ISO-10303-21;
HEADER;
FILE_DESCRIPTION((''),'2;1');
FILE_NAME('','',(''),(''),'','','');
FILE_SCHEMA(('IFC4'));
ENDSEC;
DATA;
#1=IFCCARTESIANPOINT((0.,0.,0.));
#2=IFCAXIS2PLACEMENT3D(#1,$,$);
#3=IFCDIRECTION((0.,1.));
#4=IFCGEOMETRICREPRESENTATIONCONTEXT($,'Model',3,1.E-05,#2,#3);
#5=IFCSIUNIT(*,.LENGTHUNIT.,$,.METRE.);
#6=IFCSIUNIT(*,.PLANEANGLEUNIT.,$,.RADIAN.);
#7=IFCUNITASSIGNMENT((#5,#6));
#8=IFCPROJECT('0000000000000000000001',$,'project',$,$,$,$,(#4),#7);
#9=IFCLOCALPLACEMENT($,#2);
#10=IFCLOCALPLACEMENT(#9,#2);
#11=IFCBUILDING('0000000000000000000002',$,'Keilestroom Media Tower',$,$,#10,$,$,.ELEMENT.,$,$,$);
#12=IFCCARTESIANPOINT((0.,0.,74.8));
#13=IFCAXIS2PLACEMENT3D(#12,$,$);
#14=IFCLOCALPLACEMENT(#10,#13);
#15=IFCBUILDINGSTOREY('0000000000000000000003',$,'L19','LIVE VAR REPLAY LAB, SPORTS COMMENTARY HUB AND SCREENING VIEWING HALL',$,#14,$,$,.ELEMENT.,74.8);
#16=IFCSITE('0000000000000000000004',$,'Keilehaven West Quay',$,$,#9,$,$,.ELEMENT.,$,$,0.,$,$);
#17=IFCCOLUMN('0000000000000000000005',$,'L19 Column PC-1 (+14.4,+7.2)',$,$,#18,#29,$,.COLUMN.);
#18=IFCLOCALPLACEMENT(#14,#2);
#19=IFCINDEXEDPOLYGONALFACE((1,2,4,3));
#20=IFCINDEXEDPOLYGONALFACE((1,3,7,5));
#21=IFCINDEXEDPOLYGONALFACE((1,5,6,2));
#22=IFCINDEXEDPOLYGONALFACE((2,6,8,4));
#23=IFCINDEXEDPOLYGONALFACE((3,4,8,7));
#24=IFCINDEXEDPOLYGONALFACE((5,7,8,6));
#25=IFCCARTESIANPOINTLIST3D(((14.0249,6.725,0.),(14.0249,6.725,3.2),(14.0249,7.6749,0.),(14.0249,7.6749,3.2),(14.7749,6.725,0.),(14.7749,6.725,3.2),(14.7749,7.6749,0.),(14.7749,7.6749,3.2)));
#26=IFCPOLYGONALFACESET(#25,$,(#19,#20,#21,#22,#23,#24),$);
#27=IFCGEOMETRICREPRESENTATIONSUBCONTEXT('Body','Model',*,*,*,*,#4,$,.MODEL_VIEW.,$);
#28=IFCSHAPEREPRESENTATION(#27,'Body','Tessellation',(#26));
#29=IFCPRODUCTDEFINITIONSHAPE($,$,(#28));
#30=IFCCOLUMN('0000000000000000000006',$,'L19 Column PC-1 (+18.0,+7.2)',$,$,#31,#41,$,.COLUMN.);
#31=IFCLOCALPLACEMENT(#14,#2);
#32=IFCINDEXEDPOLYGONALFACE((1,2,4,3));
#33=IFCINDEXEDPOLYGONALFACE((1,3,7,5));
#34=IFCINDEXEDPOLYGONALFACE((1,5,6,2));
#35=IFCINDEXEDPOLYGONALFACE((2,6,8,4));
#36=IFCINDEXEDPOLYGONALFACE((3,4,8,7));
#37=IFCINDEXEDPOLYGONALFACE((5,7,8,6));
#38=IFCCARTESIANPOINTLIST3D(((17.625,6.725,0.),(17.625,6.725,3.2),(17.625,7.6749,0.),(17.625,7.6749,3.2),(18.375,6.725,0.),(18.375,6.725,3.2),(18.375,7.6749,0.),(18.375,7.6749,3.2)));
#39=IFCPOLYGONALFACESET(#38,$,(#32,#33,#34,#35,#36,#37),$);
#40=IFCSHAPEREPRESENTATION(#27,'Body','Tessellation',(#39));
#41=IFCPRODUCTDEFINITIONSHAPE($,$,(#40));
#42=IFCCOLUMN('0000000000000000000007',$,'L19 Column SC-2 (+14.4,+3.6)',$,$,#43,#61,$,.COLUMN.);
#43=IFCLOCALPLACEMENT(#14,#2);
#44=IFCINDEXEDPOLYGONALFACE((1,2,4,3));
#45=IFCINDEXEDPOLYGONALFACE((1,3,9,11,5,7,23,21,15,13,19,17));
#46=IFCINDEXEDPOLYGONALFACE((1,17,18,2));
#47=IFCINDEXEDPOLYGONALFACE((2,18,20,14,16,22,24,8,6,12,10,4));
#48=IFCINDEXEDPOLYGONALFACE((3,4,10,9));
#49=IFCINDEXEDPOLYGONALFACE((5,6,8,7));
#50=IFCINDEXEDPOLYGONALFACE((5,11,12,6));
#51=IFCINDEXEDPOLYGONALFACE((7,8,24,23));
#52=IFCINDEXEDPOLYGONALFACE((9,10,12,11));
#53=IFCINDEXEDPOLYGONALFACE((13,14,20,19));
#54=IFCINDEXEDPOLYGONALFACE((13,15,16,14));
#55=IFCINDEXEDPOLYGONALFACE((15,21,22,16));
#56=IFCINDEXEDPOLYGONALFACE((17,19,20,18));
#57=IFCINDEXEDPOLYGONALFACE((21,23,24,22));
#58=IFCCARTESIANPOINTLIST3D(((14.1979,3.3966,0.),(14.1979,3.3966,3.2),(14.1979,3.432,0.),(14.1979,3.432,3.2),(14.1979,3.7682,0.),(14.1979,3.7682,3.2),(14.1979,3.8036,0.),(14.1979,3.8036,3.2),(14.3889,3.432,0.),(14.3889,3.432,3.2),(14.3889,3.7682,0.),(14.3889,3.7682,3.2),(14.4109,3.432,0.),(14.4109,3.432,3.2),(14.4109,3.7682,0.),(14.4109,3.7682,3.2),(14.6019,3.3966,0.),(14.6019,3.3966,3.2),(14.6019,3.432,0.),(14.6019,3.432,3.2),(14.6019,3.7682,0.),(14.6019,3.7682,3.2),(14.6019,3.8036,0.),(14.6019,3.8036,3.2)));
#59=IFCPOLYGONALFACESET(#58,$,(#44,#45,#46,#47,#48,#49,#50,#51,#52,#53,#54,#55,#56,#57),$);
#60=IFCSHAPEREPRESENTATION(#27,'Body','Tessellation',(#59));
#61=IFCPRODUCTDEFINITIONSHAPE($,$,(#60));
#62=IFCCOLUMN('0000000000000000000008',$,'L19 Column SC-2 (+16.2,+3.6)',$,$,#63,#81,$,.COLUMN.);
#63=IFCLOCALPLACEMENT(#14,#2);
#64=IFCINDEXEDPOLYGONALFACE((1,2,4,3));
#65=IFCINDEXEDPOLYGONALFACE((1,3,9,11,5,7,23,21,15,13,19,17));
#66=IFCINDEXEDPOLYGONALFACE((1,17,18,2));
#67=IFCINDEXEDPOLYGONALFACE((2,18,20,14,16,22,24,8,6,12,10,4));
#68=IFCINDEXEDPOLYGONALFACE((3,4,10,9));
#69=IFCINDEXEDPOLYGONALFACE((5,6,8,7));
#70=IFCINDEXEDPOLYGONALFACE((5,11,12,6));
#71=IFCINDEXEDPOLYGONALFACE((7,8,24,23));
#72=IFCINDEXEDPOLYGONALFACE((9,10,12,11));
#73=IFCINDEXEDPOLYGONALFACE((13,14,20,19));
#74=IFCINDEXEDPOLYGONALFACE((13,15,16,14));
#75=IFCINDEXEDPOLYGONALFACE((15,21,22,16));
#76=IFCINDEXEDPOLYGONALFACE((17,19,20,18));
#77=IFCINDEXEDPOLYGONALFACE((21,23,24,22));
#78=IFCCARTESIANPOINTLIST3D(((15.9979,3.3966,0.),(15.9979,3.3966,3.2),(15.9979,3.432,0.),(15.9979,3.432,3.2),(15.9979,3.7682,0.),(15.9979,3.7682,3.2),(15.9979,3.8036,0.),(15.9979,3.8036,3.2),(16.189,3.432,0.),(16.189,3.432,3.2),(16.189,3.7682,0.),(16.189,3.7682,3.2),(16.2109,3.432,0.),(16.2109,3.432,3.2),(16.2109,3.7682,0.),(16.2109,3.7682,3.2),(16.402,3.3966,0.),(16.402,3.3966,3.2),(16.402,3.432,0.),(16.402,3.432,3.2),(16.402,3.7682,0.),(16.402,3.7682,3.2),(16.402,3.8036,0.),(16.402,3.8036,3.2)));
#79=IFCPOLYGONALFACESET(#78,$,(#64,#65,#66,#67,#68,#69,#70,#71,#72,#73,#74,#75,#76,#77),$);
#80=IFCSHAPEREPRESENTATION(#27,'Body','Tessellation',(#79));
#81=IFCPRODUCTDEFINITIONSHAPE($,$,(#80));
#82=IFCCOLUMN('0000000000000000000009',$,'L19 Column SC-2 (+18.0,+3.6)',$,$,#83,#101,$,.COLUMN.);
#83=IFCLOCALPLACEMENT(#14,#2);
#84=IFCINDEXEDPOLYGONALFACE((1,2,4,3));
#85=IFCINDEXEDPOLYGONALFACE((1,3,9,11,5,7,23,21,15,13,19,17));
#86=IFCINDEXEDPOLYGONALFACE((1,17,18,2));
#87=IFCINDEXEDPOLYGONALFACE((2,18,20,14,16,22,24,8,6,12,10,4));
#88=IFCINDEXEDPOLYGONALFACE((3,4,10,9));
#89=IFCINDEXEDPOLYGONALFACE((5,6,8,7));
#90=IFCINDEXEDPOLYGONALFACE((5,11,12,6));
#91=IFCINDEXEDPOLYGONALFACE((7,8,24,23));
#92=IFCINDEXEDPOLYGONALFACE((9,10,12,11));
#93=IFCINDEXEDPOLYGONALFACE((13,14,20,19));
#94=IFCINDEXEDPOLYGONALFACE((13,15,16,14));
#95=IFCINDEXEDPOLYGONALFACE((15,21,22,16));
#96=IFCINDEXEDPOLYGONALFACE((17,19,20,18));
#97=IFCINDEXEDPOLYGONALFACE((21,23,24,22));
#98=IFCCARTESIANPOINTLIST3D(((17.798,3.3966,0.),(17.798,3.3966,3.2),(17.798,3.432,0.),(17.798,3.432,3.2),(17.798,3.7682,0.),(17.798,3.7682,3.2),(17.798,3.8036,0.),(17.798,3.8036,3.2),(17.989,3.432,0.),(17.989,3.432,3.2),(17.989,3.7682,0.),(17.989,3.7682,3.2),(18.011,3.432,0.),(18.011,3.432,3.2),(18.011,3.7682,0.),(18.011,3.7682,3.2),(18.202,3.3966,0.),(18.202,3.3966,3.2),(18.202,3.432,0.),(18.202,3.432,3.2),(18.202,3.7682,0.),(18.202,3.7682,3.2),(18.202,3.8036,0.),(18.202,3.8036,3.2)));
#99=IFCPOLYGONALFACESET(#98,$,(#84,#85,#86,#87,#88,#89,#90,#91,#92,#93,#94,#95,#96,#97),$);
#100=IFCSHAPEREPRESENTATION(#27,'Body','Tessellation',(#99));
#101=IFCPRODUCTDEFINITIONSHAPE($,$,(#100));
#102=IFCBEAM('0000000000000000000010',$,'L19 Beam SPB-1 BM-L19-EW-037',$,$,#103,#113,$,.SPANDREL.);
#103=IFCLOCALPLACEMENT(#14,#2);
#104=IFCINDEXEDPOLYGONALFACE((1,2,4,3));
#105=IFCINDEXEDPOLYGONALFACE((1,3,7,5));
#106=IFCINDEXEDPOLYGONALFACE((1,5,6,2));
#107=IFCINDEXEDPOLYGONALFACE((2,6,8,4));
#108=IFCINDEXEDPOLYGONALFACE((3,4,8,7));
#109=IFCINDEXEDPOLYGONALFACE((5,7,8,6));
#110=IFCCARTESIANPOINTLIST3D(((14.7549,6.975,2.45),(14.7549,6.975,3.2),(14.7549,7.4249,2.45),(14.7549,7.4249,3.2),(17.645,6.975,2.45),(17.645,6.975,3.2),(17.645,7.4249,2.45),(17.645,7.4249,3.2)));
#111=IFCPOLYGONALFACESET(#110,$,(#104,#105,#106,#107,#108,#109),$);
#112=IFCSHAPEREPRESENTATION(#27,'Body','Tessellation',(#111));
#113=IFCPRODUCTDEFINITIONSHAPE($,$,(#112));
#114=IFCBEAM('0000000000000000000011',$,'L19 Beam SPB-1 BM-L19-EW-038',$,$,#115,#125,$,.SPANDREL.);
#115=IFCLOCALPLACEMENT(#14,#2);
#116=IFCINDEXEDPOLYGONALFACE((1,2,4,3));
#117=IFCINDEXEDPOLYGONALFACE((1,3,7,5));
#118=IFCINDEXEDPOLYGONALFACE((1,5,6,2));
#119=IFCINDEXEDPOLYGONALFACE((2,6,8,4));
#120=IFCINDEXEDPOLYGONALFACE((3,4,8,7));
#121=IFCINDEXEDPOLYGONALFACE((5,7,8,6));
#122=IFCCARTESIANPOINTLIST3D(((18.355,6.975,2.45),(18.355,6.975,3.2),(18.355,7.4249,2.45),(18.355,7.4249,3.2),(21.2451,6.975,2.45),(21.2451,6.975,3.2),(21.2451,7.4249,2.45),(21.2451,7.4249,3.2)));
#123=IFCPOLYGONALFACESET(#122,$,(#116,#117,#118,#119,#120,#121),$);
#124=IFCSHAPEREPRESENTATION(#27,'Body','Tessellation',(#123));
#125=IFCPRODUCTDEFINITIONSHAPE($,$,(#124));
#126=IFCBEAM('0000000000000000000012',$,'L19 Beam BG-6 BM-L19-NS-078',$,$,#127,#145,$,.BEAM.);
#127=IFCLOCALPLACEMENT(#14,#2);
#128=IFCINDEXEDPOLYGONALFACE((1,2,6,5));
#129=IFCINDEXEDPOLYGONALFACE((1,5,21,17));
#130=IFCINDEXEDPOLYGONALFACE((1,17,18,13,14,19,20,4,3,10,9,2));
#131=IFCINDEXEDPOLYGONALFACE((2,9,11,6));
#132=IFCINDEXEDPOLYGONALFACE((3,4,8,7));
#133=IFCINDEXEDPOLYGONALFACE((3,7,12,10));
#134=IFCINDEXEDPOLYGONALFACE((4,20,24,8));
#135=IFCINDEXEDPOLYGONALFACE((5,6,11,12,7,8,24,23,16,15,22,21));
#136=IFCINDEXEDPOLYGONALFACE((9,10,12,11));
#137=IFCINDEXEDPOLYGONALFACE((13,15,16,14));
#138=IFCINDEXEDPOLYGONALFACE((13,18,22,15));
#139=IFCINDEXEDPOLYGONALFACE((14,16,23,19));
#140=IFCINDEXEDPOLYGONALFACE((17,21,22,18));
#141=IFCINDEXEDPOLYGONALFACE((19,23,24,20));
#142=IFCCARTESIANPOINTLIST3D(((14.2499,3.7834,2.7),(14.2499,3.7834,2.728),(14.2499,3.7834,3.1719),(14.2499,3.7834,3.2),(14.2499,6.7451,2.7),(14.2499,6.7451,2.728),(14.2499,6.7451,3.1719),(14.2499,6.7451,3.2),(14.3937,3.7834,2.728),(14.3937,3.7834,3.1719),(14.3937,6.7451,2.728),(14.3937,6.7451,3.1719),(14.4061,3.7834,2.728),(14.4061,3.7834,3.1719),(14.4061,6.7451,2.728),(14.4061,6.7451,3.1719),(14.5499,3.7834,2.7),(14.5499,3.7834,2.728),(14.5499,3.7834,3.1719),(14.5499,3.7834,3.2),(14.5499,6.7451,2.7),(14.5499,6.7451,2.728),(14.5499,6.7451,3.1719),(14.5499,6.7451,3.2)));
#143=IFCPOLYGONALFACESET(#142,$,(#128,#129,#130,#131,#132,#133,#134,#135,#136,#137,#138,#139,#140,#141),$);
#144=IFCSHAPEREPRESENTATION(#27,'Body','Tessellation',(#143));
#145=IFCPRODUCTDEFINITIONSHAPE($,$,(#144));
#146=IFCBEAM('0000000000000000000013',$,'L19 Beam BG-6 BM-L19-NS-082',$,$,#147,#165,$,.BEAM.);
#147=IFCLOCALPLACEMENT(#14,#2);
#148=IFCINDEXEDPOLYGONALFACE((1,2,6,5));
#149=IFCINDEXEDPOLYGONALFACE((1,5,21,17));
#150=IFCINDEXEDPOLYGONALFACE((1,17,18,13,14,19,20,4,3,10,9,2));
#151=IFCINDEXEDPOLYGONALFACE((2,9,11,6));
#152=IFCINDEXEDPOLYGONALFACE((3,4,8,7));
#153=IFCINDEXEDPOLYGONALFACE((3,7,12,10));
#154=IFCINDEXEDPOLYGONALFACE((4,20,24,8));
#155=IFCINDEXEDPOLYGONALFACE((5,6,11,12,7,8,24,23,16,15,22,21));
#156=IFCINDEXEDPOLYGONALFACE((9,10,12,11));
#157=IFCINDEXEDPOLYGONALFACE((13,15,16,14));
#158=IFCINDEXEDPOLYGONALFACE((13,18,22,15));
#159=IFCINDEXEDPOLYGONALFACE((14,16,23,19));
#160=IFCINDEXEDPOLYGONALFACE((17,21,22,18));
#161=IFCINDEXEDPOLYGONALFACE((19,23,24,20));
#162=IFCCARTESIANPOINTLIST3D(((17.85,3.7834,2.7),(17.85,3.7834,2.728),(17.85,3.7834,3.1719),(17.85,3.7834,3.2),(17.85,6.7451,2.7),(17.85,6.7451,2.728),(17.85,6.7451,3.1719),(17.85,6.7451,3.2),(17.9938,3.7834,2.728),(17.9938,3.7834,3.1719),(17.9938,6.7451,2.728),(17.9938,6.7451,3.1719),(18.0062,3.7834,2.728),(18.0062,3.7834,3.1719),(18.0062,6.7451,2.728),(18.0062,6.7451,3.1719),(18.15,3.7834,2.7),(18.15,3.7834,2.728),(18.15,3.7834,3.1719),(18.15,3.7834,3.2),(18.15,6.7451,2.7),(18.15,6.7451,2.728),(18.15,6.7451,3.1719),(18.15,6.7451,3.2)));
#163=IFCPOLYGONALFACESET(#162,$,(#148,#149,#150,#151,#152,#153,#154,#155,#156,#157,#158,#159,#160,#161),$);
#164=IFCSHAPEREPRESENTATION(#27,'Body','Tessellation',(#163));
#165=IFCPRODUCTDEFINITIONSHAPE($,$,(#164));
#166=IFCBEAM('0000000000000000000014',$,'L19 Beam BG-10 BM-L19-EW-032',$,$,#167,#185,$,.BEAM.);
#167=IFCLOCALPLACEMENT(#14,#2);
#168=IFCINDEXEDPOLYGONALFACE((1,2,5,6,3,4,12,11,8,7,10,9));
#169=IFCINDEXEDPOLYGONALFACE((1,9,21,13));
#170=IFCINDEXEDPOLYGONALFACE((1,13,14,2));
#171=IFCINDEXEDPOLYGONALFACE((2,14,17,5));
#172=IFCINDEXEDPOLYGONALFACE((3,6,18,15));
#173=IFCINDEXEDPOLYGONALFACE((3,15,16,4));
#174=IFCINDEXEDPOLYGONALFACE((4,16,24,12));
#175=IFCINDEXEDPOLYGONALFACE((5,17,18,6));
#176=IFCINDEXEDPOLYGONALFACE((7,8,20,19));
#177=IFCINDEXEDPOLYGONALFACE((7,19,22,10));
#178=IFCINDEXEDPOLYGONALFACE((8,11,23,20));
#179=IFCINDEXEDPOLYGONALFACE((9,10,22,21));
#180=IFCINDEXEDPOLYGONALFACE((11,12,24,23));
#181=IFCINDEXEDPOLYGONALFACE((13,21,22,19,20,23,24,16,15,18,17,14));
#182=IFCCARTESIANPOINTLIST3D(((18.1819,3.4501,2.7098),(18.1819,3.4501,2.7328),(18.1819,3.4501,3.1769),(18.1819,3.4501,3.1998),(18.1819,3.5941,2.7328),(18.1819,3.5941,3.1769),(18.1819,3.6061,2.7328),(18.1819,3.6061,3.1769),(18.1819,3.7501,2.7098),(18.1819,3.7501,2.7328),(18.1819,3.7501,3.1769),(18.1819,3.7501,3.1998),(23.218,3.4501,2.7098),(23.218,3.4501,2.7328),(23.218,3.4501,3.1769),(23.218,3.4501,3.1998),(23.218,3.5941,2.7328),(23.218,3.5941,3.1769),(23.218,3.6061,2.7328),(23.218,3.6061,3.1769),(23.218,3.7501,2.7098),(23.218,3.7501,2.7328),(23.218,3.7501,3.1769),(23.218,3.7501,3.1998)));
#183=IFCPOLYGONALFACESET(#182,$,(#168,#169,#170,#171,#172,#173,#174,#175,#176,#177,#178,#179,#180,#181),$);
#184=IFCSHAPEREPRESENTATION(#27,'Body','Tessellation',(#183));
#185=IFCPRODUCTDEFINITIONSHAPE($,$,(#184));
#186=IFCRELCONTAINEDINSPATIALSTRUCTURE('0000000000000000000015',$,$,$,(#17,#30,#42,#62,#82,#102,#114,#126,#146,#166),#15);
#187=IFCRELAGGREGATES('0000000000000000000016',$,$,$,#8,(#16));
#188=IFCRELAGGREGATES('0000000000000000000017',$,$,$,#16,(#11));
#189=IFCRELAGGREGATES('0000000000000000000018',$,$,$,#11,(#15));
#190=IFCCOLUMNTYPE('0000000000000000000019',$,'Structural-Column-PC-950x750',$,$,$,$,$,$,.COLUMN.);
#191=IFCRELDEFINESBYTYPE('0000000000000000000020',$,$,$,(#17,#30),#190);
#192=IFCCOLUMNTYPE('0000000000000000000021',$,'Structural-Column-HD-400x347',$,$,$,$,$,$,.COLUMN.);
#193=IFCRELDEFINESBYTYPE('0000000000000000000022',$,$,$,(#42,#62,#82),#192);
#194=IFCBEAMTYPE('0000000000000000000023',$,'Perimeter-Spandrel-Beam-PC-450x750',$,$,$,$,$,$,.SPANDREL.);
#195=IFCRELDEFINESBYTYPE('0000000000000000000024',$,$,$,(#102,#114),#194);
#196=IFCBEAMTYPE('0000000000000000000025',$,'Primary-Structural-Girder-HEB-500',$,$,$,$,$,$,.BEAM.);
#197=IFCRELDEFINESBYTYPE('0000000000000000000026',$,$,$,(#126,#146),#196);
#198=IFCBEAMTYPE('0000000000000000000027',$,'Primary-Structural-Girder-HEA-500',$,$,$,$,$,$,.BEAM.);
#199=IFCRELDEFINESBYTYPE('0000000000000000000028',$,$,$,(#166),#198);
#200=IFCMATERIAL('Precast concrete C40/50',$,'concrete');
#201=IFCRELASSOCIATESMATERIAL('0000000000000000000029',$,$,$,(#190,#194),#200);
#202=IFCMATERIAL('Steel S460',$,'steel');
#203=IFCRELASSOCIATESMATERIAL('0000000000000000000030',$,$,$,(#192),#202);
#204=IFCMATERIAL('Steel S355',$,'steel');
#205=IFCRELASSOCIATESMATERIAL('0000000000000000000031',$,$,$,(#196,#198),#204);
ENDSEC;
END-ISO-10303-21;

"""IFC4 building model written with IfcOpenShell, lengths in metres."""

from ifc_helpers import new_model, si_unit, direction, frame, origin, origin_2d, place, context, subcontext, project, spatial, rectangle, i_section, extrude, source, transform, mapped, material, material_profile, profile_set, type_object, element, save


model = new_model("IFC4")

# Units and contexts
model_context = context("Model", 3, precision=1e-05, world=origin(), true_north=direction((0.0, 1.0)))
body_context = subcontext(model_context, "Body", "Model", "MODEL_VIEW")
ifc_project = project(units=[si_unit("LENGTHUNIT", "METRE"), si_unit("PLANEANGLEUNIT", "RADIAN")], contexts=[model_context])

# Site, building, storey
site_placement = place(None, origin())
site = spatial("IfcSite", under=ifc_project, at=site_placement, Name="Keilehaven West Quay", CompositionType="ELEMENT", RefElevation=0.0)
building_placement = place(site_placement, origin())
building = spatial("IfcBuilding", under=site, at=building_placement, Name="Keilestroom Media Tower", CompositionType="ELEMENT")
storey_placement = place(building_placement, frame((0.0, 0.0, 74.8)))
storey = spatial("IfcBuildingStorey", under=building, at=storey_placement, Name="L19", Description="LIVE VAR REPLAY LAB, SPORTS COMMENTARY HUB AND SCREENING VIEWING HALL", CompositionType="ELEMENT", Elevation=74.8)

# Columns
ifc_material_1 = material(Name="Precast concrete C40/50", Category="concrete")
ifc_material_profile_1 = material_profile(ifc_material_1, rectangle(XDim=0.75, YDim=0.95, at=origin_2d()), Name="PC 950x750")
ifc_profile_set_1 = profile_set([ifc_material_profile_1], Name="Precast concrete C40/50")
column_type_1 = type_object("IfcColumnType", Name="Structural-Column-PC-950x750", PredefinedType="COLUMN", material=ifc_profile_set_1)
shared_shape_1 = source(origin(), body_context, "Body", "SweptSolid", [
    extrude(rectangle(XDim=0.75, YDim=0.95, at=origin_2d()), origin(), (0.0, 0.0, 1.0), 3.2),
])
for number, where, z_axis, x_axis, name in (
    (1, (14.3999, 7.2, 0.0), (0.0, 0.0, 1.0), (1.0, 0.0, 0.0), "L19 Column PC-1 (+14.4,+7.2)"),
    (2, (18.0, 7.2, 0.0), (0.0, 0.0, 1.0), (1.0, 0.0, 0.0), "L19 Column PC-1 (+18.0,+7.2)"),
):
    element("IfcColumn", number, at=place(storey_placement, frame(where, z_axis=z_axis, x_axis=x_axis)), inside=storey, type_object=column_type_1, Name=name, PredefinedType="COLUMN", context=body_context, shape_type="MappedRepresentation", body=[
        mapped(shared_shape_1, transform((0.0, 0.0, 0.0), x_axis=(1.0, 0.0, 0.0), y_axis=(0.0, 1.0, 0.0), z_axis=(0.0, 0.0, 1.0), scale=1.0)),
    ])
ifc_material_2 = material(Name="Steel S460", Category="steel")
ifc_material_profile_2 = material_profile(ifc_material_2, i_section(OverallWidth=0.4041, OverallDepth=0.407, WebThickness=0.022, FlangeThickness=0.0354, at=origin_2d()), Name="HD 400x347")
ifc_profile_set_2 = profile_set([ifc_material_profile_2], Name="Steel S460")
column_type_2 = type_object("IfcColumnType", Name="Structural-Column-HD-400x347", PredefinedType="COLUMN", material=ifc_profile_set_2)
shared_shape_2 = source(origin(), body_context, "Body", "SweptSolid", [
    extrude(i_section(OverallWidth=0.4041, OverallDepth=0.407, WebThickness=0.022, FlangeThickness=0.0354, at=origin_2d()), origin(), (0.0, 0.0, 1.0), 3.2),
])
for number, where, z_axis, x_axis, name in (
    (3, (14.3999, 3.6001, 0.0), (0.0, 0.0, 1.0), (1.0, 0.0, 0.0), "L19 Column SC-2 (+14.4,+3.6)"),
    (4, (16.2, 3.6001, 0.0), (0.0, 0.0, 1.0), (1.0, 0.0, 0.0), "L19 Column SC-2 (+16.2,+3.6)"),
    (5, (18.0, 3.6001, 0.0), (0.0, 0.0, 1.0), (1.0, 0.0, 0.0), "L19 Column SC-2 (+18.0,+3.6)"),
):
    element("IfcColumn", number, at=place(storey_placement, frame(where, z_axis=z_axis, x_axis=x_axis)), inside=storey, type_object=column_type_2, Name=name, PredefinedType="COLUMN", context=body_context, shape_type="MappedRepresentation", body=[
        mapped(shared_shape_2, transform((0.0, 0.0, 0.0), x_axis=(1.0, 0.0, 0.0), y_axis=(0.0, 1.0, 0.0), z_axis=(0.0, 0.0, 1.0), scale=1.0)),
    ])

# Beams
ifc_material_profile_3 = material_profile(ifc_material_1, rectangle(XDim=0.45, YDim=0.75, at=origin_2d()), Name="PC 450x750")
ifc_profile_set_3 = profile_set([ifc_material_profile_3], Name="Precast concrete C40/50")
beam_type_1 = type_object("IfcBeamType", Name="Perimeter-Spandrel-Beam-PC-450x750", PredefinedType="SPANDREL", material=ifc_profile_set_3)
shared_shape_3 = source(origin(), body_context, "Body", "SweptSolid", [
    extrude(rectangle(XDim=0.45, YDim=0.75, at=origin_2d()), origin(), (0.0, 0.0, 1.0), 2.8901),
])
for number, where, z_axis, x_axis, name in (
    (6, (14.7549, 7.2, 2.825), (1.0, 0.0, 0.0), (0.0, 1.0, 0.0), "L19 Beam SPB-1 BM-L19-EW-037"),
    (7, (18.355, 7.2, 2.825), (1.0, 0.0, 0.0), (0.0, 1.0, 0.0), "L19 Beam SPB-1 BM-L19-EW-038"),
):
    element("IfcBeam", number, at=place(storey_placement, frame(where, z_axis=z_axis, x_axis=x_axis)), inside=storey, type_object=beam_type_1, Name=name, PredefinedType="SPANDREL", context=body_context, shape_type="MappedRepresentation", body=[
        mapped(shared_shape_3, transform((0.0, 0.0, 0.0), x_axis=(1.0, 0.0, 0.0), y_axis=(0.0, 1.0, 0.0), z_axis=(0.0, 0.0, 1.0), scale=1.0)),
    ])
ifc_material_3 = material(Name="Steel S355", Category="steel")
ifc_material_profile_4 = material_profile(ifc_material_3, i_section(OverallWidth=0.3, OverallDepth=0.5, WebThickness=0.0125, FlangeThickness=0.0281, at=origin_2d()), Name="HEB 500")
ifc_profile_set_4 = profile_set([ifc_material_profile_4], Name="Steel S355")
beam_type_2 = type_object("IfcBeamType", Name="Primary-Structural-Girder-HEB-500", PredefinedType="BEAM", material=ifc_profile_set_4)
shared_shape_4 = source(origin(), body_context, "Body", "SweptSolid", [
    extrude(i_section(OverallWidth=0.3, OverallDepth=0.5, WebThickness=0.0125, FlangeThickness=0.0281, at=origin_2d()), origin(), (0.0, 0.0, 1.0), 2.9617),
])
for number, where, z_axis, x_axis, name in (
    (8, (14.3999, 3.7834, 2.95), (0.0, 1.0, 0.0), (-1.0, 0.0, 0.0), "L19 Beam BG-6 BM-L19-NS-078"),
    (9, (18.0, 3.7834, 2.95), (0.0, 1.0, 0.0), (-1.0, 0.0, 0.0), "L19 Beam BG-6 BM-L19-NS-082"),
):
    element("IfcBeam", number, at=place(storey_placement, frame(where, z_axis=z_axis, x_axis=x_axis)), inside=storey, type_object=beam_type_2, Name=name, PredefinedType="BEAM", context=body_context, shape_type="MappedRepresentation", body=[
        mapped(shared_shape_4, transform((0.0, 0.0, 0.0), x_axis=(1.0, 0.0, 0.0), y_axis=(0.0, 1.0, 0.0), z_axis=(0.0, 0.0, 1.0), scale=1.0)),
    ])
ifc_material_profile_5 = material_profile(ifc_material_3, i_section(OverallWidth=0.3, OverallDepth=0.49, WebThickness=0.012, FlangeThickness=0.0229, at=origin_2d()), Name="HEA 500")
ifc_profile_set_5 = profile_set([ifc_material_profile_5], Name="Steel S355")
beam_type_3 = type_object("IfcBeamType", Name="Primary-Structural-Girder-HEA-500", PredefinedType="BEAM", material=ifc_profile_set_5)
shared_shape_5 = source(origin(), body_context, "Body", "SweptSolid", [
    extrude(i_section(OverallWidth=0.3, OverallDepth=0.49, WebThickness=0.012, FlangeThickness=0.0229, at=origin_2d()), origin(), (0.0, 0.0, 1.0), 5.0361),
])
beam_placement = place(storey_placement, frame((18.1819, 3.6001, 2.9548), z_axis=(1.0, 0.0, 0.0), x_axis=(0.0, 1.0, 0.0)))
element("IfcBeam", 10, at=beam_placement, inside=storey, type_object=beam_type_3, Name="L19 Beam BG-10 BM-L19-EW-032", PredefinedType="BEAM", context=body_context, shape_type="MappedRepresentation", body=[
    mapped(shared_shape_5, transform((0.0, 0.0, 0.0), x_axis=(1.0, 0.0, 0.0), y_axis=(0.0, 1.0, 0.0), z_axis=(0.0, 0.0, 1.0), scale=1.0)),
])

save(model, "model.ifc")
